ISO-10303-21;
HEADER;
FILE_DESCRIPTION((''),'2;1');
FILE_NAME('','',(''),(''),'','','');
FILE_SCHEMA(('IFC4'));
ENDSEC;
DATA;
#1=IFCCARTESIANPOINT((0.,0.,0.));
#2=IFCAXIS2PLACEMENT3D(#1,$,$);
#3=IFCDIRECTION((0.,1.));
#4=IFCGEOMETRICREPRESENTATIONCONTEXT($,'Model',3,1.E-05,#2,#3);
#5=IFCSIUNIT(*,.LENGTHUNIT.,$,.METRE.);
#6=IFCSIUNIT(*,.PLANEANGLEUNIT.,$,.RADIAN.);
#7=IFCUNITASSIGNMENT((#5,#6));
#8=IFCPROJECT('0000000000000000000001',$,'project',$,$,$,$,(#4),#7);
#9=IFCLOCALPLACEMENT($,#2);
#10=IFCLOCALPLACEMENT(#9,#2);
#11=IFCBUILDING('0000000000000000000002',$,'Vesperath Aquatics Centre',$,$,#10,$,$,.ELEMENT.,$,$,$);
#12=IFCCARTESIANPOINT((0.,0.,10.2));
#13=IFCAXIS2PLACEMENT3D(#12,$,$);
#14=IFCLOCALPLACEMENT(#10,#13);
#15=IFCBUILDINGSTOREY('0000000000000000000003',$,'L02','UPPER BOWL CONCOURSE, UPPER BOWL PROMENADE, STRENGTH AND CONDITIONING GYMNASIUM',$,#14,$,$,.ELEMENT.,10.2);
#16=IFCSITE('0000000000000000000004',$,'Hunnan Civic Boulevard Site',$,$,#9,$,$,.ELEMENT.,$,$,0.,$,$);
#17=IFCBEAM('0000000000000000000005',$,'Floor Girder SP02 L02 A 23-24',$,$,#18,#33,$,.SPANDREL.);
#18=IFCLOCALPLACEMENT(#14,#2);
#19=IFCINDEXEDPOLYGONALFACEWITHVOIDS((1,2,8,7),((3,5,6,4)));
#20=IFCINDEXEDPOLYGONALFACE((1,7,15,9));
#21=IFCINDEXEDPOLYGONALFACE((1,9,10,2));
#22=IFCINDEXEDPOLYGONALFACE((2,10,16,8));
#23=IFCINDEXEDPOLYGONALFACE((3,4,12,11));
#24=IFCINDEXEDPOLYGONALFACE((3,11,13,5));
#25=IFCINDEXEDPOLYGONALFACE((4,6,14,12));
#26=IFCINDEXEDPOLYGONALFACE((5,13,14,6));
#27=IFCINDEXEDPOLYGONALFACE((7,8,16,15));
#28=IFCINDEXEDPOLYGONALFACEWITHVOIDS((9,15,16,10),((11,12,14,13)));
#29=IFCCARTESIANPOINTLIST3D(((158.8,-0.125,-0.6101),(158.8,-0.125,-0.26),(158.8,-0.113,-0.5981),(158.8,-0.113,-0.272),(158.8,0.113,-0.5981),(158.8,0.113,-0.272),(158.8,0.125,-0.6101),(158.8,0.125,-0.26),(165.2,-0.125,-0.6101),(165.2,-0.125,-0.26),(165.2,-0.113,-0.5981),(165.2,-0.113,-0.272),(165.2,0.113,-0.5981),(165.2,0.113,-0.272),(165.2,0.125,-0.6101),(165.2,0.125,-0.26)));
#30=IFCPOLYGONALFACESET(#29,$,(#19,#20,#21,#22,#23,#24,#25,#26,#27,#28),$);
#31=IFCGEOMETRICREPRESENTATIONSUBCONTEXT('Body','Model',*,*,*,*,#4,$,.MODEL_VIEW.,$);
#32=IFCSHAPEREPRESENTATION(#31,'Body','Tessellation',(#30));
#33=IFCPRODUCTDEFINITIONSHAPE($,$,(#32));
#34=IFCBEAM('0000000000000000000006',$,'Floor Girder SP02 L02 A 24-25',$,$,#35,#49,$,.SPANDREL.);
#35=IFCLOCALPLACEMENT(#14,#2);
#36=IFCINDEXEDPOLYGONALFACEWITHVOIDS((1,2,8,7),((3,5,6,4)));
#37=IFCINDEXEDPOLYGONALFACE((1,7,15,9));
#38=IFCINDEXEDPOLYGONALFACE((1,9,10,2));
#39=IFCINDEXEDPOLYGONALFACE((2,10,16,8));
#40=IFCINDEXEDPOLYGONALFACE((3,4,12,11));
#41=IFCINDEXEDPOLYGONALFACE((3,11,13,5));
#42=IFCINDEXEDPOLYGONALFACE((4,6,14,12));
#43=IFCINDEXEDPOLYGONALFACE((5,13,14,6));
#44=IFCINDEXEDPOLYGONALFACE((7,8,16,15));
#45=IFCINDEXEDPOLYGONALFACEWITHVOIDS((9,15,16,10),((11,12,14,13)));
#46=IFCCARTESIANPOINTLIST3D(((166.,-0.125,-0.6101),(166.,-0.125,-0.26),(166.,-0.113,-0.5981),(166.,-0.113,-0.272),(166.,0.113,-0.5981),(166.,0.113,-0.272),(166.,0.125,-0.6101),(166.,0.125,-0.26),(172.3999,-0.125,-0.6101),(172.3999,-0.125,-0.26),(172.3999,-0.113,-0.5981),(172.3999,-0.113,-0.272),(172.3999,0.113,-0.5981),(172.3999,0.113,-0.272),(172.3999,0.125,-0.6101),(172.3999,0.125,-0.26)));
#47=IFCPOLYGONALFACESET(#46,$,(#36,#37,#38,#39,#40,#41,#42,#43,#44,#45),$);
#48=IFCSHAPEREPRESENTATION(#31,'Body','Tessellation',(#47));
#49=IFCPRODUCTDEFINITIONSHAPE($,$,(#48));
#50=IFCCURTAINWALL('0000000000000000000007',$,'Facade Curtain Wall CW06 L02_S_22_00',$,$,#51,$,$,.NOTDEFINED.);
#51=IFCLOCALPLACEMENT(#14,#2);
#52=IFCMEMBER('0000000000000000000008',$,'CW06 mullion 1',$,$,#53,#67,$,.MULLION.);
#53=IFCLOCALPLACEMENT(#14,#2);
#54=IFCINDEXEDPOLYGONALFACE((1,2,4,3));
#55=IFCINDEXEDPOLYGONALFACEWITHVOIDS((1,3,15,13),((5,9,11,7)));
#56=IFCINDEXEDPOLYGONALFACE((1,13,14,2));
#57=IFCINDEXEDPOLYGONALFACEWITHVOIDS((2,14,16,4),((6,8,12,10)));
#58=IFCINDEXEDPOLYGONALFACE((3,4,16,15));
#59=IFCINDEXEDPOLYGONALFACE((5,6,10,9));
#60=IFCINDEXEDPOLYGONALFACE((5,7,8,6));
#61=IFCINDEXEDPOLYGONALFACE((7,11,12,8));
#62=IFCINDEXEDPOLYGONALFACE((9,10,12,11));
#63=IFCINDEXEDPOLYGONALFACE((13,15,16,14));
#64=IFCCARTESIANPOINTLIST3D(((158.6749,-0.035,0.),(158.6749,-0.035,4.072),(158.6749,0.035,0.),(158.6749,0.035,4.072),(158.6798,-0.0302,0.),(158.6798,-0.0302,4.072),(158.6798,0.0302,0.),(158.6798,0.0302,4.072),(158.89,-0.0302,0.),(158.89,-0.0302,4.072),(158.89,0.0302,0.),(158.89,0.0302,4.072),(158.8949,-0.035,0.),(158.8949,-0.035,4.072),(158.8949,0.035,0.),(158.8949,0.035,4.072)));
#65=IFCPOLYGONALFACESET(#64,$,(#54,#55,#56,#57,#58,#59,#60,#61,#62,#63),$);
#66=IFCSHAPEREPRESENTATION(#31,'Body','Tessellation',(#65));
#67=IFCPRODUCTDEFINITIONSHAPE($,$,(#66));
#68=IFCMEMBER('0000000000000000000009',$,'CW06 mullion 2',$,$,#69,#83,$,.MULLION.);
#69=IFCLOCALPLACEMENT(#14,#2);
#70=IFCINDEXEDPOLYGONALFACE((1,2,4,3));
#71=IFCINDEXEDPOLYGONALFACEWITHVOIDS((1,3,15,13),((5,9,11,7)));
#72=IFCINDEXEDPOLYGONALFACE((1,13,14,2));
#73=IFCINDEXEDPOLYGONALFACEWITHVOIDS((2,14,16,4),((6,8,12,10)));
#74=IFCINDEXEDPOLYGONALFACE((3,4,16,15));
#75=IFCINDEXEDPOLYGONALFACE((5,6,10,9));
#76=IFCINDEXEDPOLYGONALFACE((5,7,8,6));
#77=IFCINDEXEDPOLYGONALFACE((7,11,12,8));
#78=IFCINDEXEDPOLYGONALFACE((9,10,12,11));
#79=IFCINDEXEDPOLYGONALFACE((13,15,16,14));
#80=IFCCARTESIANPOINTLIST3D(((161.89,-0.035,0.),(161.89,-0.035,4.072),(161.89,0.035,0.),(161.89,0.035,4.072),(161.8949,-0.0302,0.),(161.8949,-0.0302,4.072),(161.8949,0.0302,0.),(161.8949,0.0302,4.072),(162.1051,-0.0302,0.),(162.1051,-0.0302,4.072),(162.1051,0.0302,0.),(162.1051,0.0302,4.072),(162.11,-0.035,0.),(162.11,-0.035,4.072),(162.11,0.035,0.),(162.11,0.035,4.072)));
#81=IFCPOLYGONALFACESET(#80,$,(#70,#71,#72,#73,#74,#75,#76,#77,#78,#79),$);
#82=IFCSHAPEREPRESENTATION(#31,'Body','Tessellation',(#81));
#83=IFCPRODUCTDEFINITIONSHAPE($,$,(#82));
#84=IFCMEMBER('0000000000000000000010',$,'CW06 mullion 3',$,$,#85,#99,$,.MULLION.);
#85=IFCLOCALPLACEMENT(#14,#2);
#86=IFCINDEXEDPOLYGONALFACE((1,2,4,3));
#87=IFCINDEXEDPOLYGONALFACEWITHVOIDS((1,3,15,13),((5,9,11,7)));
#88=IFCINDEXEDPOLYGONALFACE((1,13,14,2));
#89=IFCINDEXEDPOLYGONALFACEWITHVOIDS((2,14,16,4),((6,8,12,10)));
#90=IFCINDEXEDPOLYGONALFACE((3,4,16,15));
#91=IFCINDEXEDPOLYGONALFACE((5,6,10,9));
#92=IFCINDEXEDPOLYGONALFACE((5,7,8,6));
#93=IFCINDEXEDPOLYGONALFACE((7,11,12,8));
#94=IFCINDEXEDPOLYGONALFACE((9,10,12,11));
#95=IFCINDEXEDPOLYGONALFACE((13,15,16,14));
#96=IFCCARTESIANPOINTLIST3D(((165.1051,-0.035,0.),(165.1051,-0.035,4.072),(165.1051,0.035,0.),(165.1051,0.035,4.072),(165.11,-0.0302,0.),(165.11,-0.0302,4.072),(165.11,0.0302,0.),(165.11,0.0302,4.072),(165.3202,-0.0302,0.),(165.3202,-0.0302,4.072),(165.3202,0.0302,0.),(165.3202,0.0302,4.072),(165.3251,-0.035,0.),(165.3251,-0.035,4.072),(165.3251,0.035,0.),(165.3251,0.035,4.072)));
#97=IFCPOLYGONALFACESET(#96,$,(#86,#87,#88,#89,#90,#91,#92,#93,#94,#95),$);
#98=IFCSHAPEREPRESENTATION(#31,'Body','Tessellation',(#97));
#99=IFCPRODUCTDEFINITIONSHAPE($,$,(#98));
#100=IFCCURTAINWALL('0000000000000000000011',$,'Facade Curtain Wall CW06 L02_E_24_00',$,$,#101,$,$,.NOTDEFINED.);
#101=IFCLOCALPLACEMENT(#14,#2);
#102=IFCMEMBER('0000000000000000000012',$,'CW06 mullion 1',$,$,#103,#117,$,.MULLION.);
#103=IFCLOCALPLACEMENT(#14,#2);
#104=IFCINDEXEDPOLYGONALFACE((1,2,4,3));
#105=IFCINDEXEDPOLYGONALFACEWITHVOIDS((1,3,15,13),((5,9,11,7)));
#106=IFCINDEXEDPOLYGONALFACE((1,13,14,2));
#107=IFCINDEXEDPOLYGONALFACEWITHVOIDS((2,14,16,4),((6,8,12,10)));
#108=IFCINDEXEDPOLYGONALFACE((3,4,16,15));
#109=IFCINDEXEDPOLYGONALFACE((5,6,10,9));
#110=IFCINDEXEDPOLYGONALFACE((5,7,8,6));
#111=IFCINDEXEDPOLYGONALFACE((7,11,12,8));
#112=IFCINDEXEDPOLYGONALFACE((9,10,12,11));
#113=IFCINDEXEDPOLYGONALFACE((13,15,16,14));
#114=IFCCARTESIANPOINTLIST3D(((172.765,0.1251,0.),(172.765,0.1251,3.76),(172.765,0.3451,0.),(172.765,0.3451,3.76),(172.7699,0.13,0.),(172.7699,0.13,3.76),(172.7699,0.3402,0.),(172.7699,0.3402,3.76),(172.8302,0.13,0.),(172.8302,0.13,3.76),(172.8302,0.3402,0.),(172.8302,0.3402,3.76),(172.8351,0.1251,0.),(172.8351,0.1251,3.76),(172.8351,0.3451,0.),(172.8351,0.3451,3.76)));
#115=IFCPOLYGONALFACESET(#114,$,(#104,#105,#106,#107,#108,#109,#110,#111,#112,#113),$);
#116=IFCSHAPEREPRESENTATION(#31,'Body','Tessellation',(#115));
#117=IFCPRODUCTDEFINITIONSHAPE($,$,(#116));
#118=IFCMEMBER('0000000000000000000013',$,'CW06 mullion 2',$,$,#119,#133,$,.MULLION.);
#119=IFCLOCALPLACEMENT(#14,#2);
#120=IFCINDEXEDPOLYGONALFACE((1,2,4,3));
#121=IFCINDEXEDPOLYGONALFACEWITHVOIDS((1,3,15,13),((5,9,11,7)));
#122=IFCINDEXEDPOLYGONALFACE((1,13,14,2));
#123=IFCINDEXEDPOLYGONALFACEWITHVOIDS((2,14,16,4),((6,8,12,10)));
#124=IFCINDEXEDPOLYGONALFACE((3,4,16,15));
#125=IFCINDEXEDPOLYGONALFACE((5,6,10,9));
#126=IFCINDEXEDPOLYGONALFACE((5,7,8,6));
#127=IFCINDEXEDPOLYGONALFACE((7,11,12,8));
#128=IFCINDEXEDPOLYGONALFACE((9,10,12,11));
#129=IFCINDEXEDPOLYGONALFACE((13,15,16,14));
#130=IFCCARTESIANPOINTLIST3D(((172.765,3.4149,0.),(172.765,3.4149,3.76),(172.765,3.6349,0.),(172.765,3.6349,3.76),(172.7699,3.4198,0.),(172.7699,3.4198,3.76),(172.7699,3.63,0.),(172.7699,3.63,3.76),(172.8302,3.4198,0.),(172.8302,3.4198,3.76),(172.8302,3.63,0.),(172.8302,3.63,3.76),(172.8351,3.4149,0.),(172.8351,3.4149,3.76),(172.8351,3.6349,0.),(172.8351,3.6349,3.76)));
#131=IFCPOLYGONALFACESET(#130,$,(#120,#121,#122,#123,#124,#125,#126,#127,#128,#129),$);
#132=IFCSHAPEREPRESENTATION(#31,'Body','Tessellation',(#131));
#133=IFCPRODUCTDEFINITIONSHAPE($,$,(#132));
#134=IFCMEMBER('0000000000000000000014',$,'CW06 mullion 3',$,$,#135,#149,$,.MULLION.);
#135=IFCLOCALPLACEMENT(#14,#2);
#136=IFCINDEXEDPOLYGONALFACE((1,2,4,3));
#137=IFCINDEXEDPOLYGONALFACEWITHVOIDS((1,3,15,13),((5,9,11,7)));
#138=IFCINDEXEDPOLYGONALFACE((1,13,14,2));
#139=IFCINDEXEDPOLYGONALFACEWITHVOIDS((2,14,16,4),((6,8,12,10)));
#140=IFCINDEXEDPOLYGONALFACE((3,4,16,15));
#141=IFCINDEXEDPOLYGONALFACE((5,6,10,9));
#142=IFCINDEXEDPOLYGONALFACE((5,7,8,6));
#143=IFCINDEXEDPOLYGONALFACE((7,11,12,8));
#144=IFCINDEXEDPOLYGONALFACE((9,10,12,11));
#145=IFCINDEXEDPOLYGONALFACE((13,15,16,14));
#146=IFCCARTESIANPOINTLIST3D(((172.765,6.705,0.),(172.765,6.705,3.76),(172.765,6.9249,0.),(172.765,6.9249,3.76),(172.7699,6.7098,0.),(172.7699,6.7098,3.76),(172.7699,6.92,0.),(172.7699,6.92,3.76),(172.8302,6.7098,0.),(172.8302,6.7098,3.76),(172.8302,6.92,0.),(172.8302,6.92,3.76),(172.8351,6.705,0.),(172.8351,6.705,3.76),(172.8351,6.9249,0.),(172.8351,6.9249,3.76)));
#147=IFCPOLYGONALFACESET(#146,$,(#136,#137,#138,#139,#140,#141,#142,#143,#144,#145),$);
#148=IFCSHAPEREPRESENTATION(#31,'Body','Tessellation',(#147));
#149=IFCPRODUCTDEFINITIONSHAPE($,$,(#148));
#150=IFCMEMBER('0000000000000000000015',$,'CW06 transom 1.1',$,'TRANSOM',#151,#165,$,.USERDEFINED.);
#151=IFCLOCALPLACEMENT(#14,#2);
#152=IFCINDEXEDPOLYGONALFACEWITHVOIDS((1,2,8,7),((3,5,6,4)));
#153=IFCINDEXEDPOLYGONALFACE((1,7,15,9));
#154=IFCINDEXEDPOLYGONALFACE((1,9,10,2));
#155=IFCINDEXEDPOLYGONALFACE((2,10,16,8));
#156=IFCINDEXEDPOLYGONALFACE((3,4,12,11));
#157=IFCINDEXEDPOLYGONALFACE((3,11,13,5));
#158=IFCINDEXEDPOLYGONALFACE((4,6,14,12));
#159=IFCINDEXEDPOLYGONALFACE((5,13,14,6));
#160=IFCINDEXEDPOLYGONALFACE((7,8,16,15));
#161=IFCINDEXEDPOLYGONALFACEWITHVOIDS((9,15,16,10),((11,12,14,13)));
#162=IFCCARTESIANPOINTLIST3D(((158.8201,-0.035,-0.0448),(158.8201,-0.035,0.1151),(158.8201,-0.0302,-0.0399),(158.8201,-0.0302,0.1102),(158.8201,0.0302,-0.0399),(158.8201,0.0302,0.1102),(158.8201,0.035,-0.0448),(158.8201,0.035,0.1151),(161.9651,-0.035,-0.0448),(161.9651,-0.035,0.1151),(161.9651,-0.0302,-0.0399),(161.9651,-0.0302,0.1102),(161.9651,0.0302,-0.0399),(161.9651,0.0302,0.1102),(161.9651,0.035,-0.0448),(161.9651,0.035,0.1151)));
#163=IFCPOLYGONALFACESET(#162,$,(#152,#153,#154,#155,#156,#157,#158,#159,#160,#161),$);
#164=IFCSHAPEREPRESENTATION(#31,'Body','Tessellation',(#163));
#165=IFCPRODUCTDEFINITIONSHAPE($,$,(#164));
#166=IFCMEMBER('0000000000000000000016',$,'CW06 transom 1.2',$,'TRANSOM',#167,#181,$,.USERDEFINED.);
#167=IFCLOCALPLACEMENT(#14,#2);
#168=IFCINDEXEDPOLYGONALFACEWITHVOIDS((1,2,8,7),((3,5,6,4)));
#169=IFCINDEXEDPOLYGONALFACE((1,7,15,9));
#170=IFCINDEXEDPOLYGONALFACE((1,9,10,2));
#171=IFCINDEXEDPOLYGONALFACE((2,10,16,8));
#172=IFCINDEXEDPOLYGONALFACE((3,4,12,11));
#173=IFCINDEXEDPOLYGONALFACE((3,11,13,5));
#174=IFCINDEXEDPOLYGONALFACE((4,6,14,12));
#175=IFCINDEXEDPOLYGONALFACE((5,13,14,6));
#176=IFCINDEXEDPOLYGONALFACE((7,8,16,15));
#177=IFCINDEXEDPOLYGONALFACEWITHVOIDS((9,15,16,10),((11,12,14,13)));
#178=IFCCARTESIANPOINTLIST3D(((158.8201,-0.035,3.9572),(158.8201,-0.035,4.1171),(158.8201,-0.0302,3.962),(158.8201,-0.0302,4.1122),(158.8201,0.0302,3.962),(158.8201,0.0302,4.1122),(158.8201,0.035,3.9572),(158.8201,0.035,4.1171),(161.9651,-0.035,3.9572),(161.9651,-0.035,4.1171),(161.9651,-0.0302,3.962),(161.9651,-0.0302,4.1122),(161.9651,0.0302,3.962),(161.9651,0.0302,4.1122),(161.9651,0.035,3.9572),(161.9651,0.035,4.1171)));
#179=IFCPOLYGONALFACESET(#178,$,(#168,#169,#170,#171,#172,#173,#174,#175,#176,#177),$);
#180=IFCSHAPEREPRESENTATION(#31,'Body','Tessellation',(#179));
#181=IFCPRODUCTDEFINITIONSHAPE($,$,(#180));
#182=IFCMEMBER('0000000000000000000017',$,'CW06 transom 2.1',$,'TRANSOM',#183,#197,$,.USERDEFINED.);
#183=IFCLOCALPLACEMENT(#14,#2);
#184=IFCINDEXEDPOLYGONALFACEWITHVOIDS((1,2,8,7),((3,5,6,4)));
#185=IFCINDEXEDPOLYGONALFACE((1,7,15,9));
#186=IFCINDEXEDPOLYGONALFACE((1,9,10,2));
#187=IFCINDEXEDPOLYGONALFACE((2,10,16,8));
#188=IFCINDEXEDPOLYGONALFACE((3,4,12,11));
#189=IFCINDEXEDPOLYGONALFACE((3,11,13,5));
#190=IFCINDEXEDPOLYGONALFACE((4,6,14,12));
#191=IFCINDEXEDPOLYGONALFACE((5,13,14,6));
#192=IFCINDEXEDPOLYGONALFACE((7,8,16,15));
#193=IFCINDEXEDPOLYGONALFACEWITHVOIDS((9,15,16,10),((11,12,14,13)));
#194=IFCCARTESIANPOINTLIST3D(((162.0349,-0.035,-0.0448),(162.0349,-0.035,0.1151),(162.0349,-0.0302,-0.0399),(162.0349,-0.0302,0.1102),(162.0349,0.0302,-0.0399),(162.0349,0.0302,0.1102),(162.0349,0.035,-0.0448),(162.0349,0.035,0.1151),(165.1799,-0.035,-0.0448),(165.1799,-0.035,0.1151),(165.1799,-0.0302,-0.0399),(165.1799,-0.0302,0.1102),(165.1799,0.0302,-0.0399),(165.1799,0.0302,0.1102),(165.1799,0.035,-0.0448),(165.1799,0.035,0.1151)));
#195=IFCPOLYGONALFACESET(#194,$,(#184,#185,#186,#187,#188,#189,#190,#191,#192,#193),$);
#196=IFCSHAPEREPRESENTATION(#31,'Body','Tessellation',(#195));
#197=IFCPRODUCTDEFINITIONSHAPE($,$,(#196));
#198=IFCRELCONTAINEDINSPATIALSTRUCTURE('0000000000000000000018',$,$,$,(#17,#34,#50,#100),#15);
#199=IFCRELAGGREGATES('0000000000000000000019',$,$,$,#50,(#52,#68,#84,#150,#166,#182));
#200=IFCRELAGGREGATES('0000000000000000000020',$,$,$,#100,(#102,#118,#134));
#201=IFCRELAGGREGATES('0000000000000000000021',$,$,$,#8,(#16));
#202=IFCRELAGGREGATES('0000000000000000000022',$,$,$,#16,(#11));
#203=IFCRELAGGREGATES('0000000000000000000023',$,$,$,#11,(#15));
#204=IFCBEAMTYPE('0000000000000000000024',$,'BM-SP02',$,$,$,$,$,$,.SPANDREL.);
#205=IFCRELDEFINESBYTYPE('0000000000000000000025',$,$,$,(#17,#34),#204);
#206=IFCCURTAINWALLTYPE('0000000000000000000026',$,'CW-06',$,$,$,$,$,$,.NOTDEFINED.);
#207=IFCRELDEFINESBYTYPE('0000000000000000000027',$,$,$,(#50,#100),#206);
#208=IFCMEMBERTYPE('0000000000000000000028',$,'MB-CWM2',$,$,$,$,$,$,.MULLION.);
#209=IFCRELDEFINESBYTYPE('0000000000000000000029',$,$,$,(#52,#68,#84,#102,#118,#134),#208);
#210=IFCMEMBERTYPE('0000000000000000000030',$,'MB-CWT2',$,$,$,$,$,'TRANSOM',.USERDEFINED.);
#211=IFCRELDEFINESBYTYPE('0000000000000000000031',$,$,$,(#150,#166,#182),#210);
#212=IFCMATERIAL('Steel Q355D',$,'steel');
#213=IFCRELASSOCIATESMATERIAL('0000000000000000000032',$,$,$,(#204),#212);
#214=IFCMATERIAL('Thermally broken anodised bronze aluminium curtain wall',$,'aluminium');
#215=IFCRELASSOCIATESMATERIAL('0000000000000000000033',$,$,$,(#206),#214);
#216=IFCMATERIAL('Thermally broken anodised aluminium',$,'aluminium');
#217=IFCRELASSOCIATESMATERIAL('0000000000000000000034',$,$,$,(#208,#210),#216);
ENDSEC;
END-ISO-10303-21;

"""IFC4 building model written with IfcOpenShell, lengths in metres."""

from ifc_helpers import new_model, si_unit, direction, frame, origin, origin_2d, place, context, subcontext, project, spatial, hollow_rectangle, extrude, material, material_profile, profile_set, type_object, element, aggregate, save


model = new_model("IFC4")

# Units and contexts
model_context = context("Model", 3, precision=1e-05, world=origin(), true_north=direction((0.0, 1.0)))
body_context = subcontext(model_context, "Body", "Model", "MODEL_VIEW")
ifc_project = project(units=[si_unit("LENGTHUNIT", "METRE"), si_unit("PLANEANGLEUNIT", "RADIAN")], contexts=[model_context])

# Site, building, storey
site_placement = place(None, origin())
site = spatial("IfcSite", under=ifc_project, at=site_placement, Name="Hunnan Civic Boulevard Site", CompositionType="ELEMENT", RefElevation=0.0)
building_placement = place(site_placement, origin())
building = spatial("IfcBuilding", under=site, at=building_placement, Name="Vesperath Aquatics Centre", CompositionType="ELEMENT")
storey_placement = place(building_placement, frame((0.0, 0.0, 10.2)))
storey = spatial("IfcBuildingStorey", under=building, at=storey_placement, Name="L02", Description="UPPER BOWL CONCOURSE, UPPER BOWL PROMENADE, STRENGTH AND CONDITIONING GYMNASIUM", CompositionType="ELEMENT", Elevation=10.2)

# Shared definitions
ifc_material_1 = material(Name="Steel Q355D", Category="steel")

# Beams
ifc_material_profile_1 = material_profile(ifc_material_1, hollow_rectangle(XDim=0.25, YDim=0.3501, WallThickness=0.012, at=origin_2d()), Name="RHS 350x250x12")
ifc_profile_set_1 = profile_set([ifc_material_profile_1], Name="Steel Q355D")
beam_type_1 = type_object("IfcBeamType", Name="BM-SP02", PredefinedType="SPANDREL", material=ifc_profile_set_1)
for number, where, z_axis, x_axis, name in (
    (1, (158.8, 0.0, -0.4351), (1.0, 0.0, 0.0), (0.0, 1.0, 0.0), "Floor Girder SP02 L02 A 23-24"),
    (2, (166.0, 0.0, -0.4351), (1.0, 0.0, 0.0), (0.0, 1.0, 0.0), "Floor Girder SP02 L02 A 24-25"),
):
    element("IfcBeam", number, at=place(storey_placement, frame(where, z_axis=z_axis, x_axis=x_axis)), inside=storey, type_object=beam_type_1, Name=name, PredefinedType="SPANDREL", context=body_context, shape_type="SweptSolid", body=[
        extrude(hollow_rectangle(XDim=0.25, YDim=0.3501, WallThickness=0.012, at=origin_2d()), origin(), (0.0, 0.0, 1.0), 6.3999),
    ])

# Curtain walls, members
ifc_material_2 = material(Name="Thermally broken anodised bronze aluminium curtain wall", Category="aluminium")
curtain_wall_type = type_object("IfcCurtainWallType", Name="CW-06", PredefinedType="NOTDEFINED", material=ifc_material_2)
curtain_wall_1_placement = place(storey_placement, origin())
curtain_wall_1 = element("IfcCurtainWall", 3, at=curtain_wall_1_placement, inside=storey, type_object=curtain_wall_type, Name="Facade Curtain Wall CW06 L02_S_22_00", PredefinedType="NOTDEFINED")
ifc_material_3 = material(Name="Thermally broken anodised aluminium", Category="aluminium")
ifc_material_profile_2 = material_profile(ifc_material_3, hollow_rectangle(XDim=0.0701, YDim=0.22, WallThickness=0.0049, at=origin_2d()), Name="CWM 70x220x5")
ifc_profile_set_2 = profile_set([ifc_material_profile_2], Name="Thermally broken anodised aluminium")
member_type_1 = type_object("IfcMemberType", Name="MB-CWM2", PredefinedType="MULLION", material=ifc_profile_set_2)
member_1_placement = place(storey_placement, frame((158.7849, 0.0, 0.0), z_axis=(0.0, 0.0, 1.0), x_axis=(0.0, 1.0, 0.0)))
member_1 = element("IfcMember", 4, at=member_1_placement, type_object=member_type_1, Name="CW06 mullion 1", PredefinedType="MULLION", context=body_context, shape_type="SweptSolid", body=[
    extrude(hollow_rectangle(XDim=0.0701, YDim=0.22, WallThickness=0.0049, at=origin_2d()), origin(), (0.0, 0.0, 1.0), 4.072),
])
member_2_placement = place(storey_placement, frame((162.0, 0.0, 0.0), z_axis=(0.0, 0.0, 1.0), x_axis=(0.0, 1.0, 0.0)))
member_2 = element("IfcMember", 5, at=member_2_placement, type_object=member_type_1, Name="CW06 mullion 2", PredefinedType="MULLION", context=body_context, shape_type="SweptSolid", body=[
    extrude(hollow_rectangle(XDim=0.0701, YDim=0.22, WallThickness=0.0049, at=origin_2d()), origin(), (0.0, 0.0, 1.0), 4.072),
])
member_3_placement = place(storey_placement, frame((165.2151, 0.0, 0.0), z_axis=(0.0, 0.0, 1.0), x_axis=(0.0, 1.0, 0.0)))
member_3 = element("IfcMember", 6, at=member_3_placement, type_object=member_type_1, Name="CW06 mullion 3", PredefinedType="MULLION", context=body_context, shape_type="SweptSolid", body=[
    extrude(hollow_rectangle(XDim=0.0701, YDim=0.22, WallThickness=0.0049, at=origin_2d()), origin(), (0.0, 0.0, 1.0), 4.072),
])
curtain_wall_2_placement = place(storey_placement, origin())
curtain_wall_2 = element("IfcCurtainWall", 7, at=curtain_wall_2_placement, inside=storey, type_object=curtain_wall_type, Name="Facade Curtain Wall CW06 L02_E_24_00", PredefinedType="NOTDEFINED")
member_4_placement = place(storey_placement, frame((172.8, 0.2351, 0.0), z_axis=(0.0, 0.0, 1.0), x_axis=(-1.0, 0.0, 0.0)))
member_4 = element("IfcMember", 8, at=member_4_placement, type_object=member_type_1, Name="CW06 mullion 1", PredefinedType="MULLION", context=body_context, shape_type="SweptSolid", body=[
    extrude(hollow_rectangle(XDim=0.0701, YDim=0.22, WallThickness=0.0049, at=origin_2d()), origin(), (0.0, 0.0, 1.0), 3.76),
])
member_5_placement = place(storey_placement, frame((172.8, 3.5249, 0.0), z_axis=(0.0, 0.0, 1.0), x_axis=(-1.0, 0.0, 0.0)))
member_5 = element("IfcMember", 9, at=member_5_placement, type_object=member_type_1, Name="CW06 mullion 2", PredefinedType="MULLION", context=body_context, shape_type="SweptSolid", body=[
    extrude(hollow_rectangle(XDim=0.0701, YDim=0.22, WallThickness=0.0049, at=origin_2d()), origin(), (0.0, 0.0, 1.0), 3.76),
])
member_6_placement = place(storey_placement, frame((172.8, 6.8149, 0.0), z_axis=(0.0, 0.0, 1.0), x_axis=(-1.0, 0.0, 0.0)))
member_6 = element("IfcMember", 10, at=member_6_placement, type_object=member_type_1, Name="CW06 mullion 3", PredefinedType="MULLION", context=body_context, shape_type="SweptSolid", body=[
    extrude(hollow_rectangle(XDim=0.0701, YDim=0.22, WallThickness=0.0049, at=origin_2d()), origin(), (0.0, 0.0, 1.0), 3.76),
])

# Members
ifc_material_profile_3 = material_profile(ifc_material_3, hollow_rectangle(XDim=0.0701, YDim=0.1599, WallThickness=0.0049, at=origin_2d()), Name="CWT 70x160x5")
ifc_profile_set_3 = profile_set([ifc_material_profile_3], Name="Thermally broken anodised aluminium")
member_type_2 = type_object("IfcMemberType", Name="MB-CWT2", ElementType="TRANSOM", PredefinedType="USERDEFINED", material=ifc_profile_set_3)
member_7_placement = place(storey_placement, frame((158.8201, 0.0, 0.0352), z_axis=(1.0, 0.0, 0.0), x_axis=(0.0, 1.0, 0.0)))
member_7 = element("IfcMember", 11, at=member_7_placement, type_object=member_type_2, Name="CW06 transom 1.1", ObjectType="TRANSOM", PredefinedType="USERDEFINED", context=body_context, shape_type="SweptSolid", body=[
    extrude(hollow_rectangle(XDim=0.0701, YDim=0.1599, WallThickness=0.0049, at=origin_2d()), origin(), (0.0, 0.0, 1.0), 3.145),
])
member_8_placement = place(storey_placement, frame((158.8201, 0.0, 4.0371), z_axis=(1.0, 0.0, 0.0), x_axis=(0.0, 1.0, 0.0)))
member_8 = element("IfcMember", 12, at=member_8_placement, type_object=member_type_2, Name="CW06 transom 1.2", ObjectType="TRANSOM", PredefinedType="USERDEFINED", context=body_context, shape_type="SweptSolid", body=[
    extrude(hollow_rectangle(XDim=0.0701, YDim=0.1599, WallThickness=0.0049, at=origin_2d()), origin(), (0.0, 0.0, 1.0), 3.145),
])
member_9_placement = place(storey_placement, frame((162.0349, 0.0, 0.0352), z_axis=(1.0, 0.0, 0.0), x_axis=(0.0, 1.0, 0.0)))
member_9 = element("IfcMember", 13, at=member_9_placement, type_object=member_type_2, Name="CW06 transom 2.1", ObjectType="TRANSOM", PredefinedType="USERDEFINED", context=body_context, shape_type="SweptSolid", body=[
    extrude(hollow_rectangle(XDim=0.0701, YDim=0.1599, WallThickness=0.0049, at=origin_2d()), origin(), (0.0, 0.0, 1.0), 3.145),
])

aggregate(curtain_wall_1, [member_1, member_2, member_3, member_7, member_8, member_9])
aggregate(curtain_wall_2, [member_4, member_5, member_6])

save(model, "model.ifc")
